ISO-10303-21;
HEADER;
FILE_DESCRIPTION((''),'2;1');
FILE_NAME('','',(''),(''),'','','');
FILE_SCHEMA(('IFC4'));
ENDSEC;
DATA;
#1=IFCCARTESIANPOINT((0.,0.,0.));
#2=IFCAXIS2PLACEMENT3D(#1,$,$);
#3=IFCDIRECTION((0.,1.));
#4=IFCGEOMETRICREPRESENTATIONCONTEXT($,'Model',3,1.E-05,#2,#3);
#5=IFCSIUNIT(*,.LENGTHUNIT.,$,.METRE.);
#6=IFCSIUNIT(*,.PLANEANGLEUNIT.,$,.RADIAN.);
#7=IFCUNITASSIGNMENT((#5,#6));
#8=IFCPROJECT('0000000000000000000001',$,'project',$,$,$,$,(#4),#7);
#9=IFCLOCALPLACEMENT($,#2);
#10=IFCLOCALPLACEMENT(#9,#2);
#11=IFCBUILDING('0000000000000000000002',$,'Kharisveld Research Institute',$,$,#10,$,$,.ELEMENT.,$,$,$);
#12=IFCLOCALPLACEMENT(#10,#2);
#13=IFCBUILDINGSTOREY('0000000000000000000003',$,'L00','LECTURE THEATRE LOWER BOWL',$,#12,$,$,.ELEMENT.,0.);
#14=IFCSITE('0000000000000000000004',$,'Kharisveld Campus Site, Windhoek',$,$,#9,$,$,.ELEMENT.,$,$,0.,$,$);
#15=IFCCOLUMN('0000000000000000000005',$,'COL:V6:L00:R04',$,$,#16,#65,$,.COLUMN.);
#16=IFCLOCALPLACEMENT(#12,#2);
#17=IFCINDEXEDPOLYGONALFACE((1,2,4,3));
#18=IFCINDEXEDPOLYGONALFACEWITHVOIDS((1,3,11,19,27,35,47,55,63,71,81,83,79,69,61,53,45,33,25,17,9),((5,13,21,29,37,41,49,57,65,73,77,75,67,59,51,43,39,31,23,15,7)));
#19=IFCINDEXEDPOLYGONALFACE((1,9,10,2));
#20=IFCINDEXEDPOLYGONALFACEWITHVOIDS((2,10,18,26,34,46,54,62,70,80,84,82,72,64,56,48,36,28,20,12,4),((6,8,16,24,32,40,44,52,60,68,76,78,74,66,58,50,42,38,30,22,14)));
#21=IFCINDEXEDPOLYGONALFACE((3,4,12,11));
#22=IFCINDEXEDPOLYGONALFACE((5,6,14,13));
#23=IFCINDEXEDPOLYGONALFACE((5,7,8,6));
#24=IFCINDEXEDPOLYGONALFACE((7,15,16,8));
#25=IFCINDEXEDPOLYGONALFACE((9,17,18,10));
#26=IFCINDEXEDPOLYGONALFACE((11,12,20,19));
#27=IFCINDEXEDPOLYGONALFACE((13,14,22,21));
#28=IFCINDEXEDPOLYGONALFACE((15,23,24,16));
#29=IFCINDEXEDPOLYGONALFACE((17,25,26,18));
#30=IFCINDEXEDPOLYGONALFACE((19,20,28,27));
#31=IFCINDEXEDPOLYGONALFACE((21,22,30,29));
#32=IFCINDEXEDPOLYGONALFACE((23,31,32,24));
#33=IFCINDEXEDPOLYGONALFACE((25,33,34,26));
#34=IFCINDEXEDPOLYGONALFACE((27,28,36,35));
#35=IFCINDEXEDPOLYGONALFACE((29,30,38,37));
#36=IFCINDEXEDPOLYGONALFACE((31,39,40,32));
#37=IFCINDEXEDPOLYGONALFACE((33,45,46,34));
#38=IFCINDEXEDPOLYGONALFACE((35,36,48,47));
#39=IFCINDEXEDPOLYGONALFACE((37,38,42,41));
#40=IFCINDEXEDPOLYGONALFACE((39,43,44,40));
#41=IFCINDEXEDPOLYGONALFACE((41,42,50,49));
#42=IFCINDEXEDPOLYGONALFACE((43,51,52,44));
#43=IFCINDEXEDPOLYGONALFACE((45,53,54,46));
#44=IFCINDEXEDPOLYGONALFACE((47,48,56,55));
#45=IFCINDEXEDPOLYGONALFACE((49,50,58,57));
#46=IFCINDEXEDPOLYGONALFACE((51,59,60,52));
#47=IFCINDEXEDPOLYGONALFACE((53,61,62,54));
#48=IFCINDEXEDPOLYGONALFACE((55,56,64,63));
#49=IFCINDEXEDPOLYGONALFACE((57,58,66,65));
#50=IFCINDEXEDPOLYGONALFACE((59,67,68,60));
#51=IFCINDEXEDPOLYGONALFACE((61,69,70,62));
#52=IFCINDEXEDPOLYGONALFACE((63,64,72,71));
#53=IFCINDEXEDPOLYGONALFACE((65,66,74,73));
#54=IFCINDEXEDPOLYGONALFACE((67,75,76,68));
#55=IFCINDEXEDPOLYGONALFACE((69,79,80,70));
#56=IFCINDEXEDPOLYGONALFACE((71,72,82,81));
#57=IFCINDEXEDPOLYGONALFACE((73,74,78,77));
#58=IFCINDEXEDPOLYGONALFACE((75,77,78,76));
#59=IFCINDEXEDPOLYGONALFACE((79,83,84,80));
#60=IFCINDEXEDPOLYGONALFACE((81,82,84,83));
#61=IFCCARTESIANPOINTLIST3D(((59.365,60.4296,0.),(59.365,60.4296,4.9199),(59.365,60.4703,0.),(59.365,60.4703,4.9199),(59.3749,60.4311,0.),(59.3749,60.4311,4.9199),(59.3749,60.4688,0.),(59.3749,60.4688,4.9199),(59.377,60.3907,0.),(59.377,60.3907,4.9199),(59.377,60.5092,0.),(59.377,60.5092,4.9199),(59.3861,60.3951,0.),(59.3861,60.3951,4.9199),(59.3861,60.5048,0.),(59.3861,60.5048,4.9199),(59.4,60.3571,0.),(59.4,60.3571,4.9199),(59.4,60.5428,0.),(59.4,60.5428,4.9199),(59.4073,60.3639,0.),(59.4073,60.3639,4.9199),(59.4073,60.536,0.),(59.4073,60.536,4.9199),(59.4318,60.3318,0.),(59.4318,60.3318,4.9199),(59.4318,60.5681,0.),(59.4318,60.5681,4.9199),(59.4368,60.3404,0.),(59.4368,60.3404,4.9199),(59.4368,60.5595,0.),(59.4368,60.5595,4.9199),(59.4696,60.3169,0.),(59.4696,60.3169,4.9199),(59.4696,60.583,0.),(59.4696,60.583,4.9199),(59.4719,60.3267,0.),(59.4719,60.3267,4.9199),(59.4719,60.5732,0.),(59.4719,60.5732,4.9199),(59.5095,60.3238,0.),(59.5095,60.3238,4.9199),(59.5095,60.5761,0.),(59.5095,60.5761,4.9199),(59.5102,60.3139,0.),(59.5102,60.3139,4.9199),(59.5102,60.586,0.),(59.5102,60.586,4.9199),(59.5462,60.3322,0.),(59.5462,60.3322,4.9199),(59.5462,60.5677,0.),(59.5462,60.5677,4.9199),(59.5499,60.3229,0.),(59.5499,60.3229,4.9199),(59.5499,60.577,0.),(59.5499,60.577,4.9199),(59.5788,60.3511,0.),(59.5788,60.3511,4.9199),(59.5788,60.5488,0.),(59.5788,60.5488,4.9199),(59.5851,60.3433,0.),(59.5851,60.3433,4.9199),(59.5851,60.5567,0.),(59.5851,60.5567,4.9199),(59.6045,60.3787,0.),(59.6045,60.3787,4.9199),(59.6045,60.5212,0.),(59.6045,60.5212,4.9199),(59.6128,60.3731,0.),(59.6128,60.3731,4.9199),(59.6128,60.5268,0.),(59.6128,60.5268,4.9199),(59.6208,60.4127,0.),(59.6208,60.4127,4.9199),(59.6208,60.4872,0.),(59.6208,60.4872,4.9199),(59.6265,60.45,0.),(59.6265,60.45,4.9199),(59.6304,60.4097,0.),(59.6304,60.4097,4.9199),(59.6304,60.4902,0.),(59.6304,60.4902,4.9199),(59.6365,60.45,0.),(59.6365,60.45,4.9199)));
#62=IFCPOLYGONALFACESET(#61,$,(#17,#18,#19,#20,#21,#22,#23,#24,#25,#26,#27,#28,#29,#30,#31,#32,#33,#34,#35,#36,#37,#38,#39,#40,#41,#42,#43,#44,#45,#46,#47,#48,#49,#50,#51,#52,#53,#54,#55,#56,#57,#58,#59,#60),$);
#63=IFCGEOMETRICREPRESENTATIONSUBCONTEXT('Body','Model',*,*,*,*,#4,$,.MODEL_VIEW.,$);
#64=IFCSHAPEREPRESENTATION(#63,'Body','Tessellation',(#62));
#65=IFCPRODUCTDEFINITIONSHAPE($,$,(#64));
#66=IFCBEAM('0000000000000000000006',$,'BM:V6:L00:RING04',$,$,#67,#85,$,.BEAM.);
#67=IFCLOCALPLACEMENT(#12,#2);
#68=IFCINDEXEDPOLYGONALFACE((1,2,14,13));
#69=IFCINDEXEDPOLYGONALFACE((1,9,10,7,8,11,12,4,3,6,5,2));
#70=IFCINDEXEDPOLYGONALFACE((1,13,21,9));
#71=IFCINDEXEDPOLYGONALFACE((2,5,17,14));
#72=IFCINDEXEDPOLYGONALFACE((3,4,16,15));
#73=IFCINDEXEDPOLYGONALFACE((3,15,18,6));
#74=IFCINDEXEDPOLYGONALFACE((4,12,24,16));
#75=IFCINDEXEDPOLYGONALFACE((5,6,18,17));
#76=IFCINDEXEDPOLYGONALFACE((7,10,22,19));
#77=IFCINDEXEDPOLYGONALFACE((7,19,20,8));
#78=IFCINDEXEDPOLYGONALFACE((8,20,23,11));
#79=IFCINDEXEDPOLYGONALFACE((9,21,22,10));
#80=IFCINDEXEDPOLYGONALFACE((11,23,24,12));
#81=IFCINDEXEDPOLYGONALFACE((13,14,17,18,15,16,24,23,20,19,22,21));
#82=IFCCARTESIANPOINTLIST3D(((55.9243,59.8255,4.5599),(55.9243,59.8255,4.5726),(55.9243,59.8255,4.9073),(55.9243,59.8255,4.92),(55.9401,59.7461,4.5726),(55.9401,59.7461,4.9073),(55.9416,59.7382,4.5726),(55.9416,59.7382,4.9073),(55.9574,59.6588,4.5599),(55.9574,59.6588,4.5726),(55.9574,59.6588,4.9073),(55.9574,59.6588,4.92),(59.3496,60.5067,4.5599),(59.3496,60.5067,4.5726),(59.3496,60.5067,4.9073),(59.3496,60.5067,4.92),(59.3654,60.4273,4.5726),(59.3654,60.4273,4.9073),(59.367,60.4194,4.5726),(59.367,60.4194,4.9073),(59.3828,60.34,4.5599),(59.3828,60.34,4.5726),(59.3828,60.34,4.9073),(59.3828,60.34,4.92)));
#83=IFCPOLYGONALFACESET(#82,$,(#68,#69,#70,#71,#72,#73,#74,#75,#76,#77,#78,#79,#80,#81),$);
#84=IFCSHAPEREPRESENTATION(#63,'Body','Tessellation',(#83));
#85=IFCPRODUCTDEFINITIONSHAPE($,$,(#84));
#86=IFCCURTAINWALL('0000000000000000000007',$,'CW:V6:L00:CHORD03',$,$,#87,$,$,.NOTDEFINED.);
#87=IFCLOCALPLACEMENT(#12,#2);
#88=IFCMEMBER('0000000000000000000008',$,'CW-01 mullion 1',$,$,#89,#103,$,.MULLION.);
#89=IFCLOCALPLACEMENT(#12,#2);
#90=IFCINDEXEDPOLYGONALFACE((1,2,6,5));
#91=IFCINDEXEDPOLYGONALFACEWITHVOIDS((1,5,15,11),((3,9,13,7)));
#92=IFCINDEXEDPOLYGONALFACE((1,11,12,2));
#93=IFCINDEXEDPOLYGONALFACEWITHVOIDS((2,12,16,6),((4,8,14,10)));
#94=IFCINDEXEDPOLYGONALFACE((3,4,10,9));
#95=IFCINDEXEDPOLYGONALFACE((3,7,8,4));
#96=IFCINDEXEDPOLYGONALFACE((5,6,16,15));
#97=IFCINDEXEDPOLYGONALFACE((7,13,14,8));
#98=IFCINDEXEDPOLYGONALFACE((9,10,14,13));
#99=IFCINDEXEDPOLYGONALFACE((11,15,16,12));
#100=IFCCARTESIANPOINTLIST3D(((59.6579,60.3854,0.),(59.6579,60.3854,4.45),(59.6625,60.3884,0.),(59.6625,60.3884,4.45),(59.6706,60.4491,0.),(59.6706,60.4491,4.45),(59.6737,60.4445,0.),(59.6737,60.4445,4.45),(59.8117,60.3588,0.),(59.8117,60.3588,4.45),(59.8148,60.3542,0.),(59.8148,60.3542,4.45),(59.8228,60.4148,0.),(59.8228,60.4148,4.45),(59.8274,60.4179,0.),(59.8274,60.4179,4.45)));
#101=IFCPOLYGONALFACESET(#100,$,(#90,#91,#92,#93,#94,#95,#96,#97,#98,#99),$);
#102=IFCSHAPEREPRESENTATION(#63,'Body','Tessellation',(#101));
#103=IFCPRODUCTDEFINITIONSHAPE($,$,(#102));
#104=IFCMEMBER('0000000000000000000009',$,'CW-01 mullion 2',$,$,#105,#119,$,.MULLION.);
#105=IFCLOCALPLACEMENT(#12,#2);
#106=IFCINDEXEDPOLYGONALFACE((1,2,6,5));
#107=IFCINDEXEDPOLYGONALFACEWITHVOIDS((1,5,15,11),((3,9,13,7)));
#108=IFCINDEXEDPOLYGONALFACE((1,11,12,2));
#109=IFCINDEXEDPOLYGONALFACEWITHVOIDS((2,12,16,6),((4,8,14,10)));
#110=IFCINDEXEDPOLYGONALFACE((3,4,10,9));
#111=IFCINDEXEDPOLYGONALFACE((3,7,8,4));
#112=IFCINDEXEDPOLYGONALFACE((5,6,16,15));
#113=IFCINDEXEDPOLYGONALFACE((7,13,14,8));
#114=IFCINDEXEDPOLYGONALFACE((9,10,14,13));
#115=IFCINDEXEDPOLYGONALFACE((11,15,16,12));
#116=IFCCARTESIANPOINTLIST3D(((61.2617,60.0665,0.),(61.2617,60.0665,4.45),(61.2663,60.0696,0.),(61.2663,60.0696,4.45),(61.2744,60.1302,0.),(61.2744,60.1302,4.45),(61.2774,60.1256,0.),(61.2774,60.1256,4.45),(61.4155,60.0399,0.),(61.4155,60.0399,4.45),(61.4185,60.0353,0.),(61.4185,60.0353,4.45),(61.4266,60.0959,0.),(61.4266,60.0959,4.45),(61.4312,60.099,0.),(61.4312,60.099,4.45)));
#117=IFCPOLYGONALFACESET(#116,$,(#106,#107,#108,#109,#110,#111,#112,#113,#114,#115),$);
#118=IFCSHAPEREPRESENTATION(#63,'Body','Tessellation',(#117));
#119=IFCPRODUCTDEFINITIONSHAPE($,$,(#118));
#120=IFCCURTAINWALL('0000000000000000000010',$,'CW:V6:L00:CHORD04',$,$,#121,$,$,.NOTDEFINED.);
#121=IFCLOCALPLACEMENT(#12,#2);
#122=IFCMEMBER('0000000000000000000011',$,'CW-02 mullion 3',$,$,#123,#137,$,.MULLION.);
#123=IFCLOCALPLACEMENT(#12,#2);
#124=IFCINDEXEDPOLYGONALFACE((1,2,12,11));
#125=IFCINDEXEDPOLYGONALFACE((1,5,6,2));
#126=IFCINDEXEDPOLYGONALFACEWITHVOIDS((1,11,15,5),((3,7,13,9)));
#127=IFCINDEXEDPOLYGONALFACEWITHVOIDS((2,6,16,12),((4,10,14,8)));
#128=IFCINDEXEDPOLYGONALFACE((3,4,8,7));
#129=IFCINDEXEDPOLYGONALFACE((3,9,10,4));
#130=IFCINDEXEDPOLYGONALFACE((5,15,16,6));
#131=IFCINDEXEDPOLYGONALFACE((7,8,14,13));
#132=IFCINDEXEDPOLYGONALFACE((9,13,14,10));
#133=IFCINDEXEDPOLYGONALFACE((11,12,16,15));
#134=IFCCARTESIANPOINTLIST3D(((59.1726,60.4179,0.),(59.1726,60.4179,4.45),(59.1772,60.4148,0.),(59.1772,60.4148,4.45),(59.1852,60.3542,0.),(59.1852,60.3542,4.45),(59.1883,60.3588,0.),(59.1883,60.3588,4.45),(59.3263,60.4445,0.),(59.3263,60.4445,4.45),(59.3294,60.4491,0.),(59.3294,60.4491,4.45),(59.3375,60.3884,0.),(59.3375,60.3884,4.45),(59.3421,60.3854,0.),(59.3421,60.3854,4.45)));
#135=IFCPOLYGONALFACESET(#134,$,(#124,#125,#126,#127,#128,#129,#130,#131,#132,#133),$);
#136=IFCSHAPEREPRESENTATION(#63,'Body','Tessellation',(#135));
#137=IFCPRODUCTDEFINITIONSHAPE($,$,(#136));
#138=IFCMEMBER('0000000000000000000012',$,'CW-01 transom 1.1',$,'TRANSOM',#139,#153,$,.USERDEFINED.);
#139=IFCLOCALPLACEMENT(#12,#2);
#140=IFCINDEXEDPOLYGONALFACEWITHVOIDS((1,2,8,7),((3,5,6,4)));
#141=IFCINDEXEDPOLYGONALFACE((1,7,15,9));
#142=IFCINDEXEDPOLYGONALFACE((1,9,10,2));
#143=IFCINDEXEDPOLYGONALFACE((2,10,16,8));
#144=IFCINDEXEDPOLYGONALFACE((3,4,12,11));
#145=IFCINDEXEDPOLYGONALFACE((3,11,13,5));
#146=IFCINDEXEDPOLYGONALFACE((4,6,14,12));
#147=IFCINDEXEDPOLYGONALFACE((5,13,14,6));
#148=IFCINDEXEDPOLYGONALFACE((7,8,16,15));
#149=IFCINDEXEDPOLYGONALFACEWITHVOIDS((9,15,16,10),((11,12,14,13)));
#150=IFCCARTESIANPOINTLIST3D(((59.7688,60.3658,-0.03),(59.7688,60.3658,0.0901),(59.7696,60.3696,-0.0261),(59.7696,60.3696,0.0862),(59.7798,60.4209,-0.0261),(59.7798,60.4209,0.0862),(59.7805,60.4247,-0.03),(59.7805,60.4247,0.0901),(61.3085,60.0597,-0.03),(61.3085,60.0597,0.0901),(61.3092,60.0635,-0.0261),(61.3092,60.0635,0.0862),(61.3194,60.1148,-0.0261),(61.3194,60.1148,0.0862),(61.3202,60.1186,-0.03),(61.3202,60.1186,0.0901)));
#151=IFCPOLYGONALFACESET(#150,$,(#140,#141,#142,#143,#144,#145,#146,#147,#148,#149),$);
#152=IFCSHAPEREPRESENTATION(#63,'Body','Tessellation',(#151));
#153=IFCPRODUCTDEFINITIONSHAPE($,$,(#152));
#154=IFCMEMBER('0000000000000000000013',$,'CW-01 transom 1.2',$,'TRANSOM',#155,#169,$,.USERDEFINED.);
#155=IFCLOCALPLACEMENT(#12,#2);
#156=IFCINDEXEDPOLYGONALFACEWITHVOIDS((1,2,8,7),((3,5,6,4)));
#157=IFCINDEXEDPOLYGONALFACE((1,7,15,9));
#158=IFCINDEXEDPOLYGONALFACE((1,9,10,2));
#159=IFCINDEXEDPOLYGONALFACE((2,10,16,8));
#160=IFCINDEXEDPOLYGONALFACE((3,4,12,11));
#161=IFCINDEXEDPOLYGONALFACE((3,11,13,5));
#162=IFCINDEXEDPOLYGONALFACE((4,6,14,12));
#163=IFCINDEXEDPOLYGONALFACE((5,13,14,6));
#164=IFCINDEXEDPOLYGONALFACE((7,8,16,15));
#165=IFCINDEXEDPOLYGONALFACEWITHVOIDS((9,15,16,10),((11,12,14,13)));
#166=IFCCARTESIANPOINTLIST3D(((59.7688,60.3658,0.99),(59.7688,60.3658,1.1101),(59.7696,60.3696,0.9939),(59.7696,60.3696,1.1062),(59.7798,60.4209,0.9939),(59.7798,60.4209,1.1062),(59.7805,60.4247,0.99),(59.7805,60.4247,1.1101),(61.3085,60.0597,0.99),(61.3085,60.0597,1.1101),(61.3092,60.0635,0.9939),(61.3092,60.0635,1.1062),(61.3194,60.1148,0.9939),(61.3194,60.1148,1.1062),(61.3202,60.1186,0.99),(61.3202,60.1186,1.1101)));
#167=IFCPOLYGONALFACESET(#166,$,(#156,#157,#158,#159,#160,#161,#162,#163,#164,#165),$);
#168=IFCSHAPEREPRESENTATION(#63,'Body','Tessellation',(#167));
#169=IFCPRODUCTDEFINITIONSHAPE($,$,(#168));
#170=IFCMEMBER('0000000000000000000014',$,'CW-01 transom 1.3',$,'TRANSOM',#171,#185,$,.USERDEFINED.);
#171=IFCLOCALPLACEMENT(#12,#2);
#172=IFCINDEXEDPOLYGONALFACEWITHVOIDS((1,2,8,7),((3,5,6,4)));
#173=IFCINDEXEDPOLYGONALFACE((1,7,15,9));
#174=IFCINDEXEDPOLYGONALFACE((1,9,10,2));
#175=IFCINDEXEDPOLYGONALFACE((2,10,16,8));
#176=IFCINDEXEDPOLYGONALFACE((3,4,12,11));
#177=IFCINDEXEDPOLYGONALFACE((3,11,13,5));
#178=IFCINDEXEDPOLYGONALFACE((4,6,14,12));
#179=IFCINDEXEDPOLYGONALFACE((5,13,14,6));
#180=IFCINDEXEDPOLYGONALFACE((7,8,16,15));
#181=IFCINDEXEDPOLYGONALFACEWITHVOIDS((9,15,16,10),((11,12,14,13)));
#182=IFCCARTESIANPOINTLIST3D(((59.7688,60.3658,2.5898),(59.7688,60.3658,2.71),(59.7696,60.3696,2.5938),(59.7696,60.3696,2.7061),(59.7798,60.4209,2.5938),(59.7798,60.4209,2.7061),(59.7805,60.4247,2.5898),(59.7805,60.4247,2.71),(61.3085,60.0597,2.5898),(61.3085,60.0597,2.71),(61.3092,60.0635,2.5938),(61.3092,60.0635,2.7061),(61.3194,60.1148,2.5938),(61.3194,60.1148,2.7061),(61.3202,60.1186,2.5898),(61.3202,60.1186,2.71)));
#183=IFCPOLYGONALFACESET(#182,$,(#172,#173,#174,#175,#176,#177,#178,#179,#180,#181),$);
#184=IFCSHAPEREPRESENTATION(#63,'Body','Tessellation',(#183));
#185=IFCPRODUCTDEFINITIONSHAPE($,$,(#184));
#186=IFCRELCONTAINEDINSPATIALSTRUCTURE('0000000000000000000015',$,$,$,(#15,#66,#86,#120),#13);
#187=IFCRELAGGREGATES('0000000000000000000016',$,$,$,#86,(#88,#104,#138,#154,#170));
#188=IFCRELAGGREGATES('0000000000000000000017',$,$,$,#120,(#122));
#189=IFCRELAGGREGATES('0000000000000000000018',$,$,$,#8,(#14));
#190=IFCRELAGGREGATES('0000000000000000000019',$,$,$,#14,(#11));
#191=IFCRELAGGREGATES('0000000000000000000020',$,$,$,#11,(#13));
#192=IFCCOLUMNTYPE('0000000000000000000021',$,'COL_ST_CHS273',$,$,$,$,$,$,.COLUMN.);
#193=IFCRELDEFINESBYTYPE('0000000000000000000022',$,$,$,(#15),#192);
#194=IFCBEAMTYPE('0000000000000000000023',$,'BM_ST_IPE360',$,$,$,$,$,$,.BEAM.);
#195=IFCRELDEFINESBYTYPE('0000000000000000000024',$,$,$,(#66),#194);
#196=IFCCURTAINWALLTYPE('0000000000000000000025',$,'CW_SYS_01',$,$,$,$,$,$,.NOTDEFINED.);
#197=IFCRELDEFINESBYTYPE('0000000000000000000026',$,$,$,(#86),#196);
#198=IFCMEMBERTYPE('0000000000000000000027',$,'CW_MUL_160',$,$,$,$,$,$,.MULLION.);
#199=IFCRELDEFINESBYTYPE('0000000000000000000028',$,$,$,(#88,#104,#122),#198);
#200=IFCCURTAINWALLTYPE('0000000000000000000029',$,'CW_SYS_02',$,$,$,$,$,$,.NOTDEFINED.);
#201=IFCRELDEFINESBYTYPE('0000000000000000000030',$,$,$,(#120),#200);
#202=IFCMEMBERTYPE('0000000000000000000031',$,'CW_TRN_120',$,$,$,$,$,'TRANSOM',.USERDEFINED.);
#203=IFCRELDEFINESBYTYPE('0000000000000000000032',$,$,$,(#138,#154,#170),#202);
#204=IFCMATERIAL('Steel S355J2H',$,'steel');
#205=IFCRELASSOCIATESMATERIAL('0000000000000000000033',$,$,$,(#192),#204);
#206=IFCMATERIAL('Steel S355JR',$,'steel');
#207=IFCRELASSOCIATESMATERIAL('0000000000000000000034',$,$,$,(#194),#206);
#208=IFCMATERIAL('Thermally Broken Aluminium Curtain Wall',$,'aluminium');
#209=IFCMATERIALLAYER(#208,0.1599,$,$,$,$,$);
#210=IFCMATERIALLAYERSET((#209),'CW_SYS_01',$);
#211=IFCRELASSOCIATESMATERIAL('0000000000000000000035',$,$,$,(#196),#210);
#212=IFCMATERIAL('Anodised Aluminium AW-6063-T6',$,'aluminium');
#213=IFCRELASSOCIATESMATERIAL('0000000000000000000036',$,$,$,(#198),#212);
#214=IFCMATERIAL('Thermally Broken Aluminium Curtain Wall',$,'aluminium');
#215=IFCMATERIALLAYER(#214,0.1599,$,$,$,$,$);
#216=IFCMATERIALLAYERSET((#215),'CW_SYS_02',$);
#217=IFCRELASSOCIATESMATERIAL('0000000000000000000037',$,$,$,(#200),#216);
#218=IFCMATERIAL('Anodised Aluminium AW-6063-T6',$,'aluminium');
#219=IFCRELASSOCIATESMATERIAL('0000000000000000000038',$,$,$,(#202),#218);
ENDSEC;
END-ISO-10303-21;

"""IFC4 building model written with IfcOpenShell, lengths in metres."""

from ifc_helpers import new_model, si_unit, direction, frame, origin, origin_2d, place, context, subcontext, project, spatial, hollow_rectangle, hollow_circle, i_section, extrude, material, layer, layer_set, material_profile, profile_set, type_object, element, aggregate, save


model = new_model("IFC4")

# Units and contexts
model_context = context("Model", 3, precision=1e-05, world=origin(), true_north=direction((0.0, 1.0)))
body_context = subcontext(model_context, "Body", "Model", "MODEL_VIEW")
ifc_project = project(units=[si_unit("LENGTHUNIT", "METRE"), si_unit("PLANEANGLEUNIT", "RADIAN")], contexts=[model_context])

# Site, building, storey
site_placement = place(None, origin())
site = spatial("IfcSite", under=ifc_project, at=site_placement, Name="Kharisveld Campus Site, Windhoek", CompositionType="ELEMENT", RefElevation=0.0)
building_placement = place(site_placement, origin())
building = spatial("IfcBuilding", under=site, at=building_placement, Name="Kharisveld Research Institute", CompositionType="ELEMENT")
storey_placement = place(building_placement, origin())
storey = spatial("IfcBuildingStorey", under=building, at=storey_placement, Name="L00", Description="LECTURE THEATRE LOWER BOWL", CompositionType="ELEMENT", Elevation=0.0)

# Column
ifc_material_1 = material(Name="Steel S355J2H", Category="steel")
ifc_material_profile_1 = material_profile(ifc_material_1, hollow_circle(Radius=0.1365, WallThickness=0.01, at=origin_2d()))
ifc_profile_set_1 = profile_set([ifc_material_profile_1], Name="Steel S355J2H")
column_type = type_object("IfcColumnType", Name="COL_ST_CHS273", PredefinedType="COLUMN", material=ifc_profile_set_1)
column_placement = place(storey_placement, frame((59.5, 60.45, 0.0), z_axis=(0.0, 0.0, 1.0), x_axis=(1.0, 0.0, 0.0)))
element("IfcColumn", 1, at=column_placement, inside=storey, type_object=column_type, Name="COL:V6:L00:R04", PredefinedType="COLUMN", context=body_context, shape_type="SweptSolid", body=[
    extrude(hollow_circle(Radius=0.1365, WallThickness=0.01, at=origin_2d()), origin(), (0.0, 0.0, 1.0), 4.9199),
])

# Beam
ifc_material_2 = material(Name="Steel S355JR", Category="steel")
ifc_material_profile_2 = material_profile(ifc_material_2, i_section(OverallWidth=0.1699, OverallDepth=0.3601, WebThickness=0.0081, FlangeThickness=0.0127, at=origin_2d()))
ifc_profile_set_2 = profile_set([ifc_material_profile_2], Name="Steel S355JR")
beam_type = type_object("IfcBeamType", Name="BM_ST_IPE360", PredefinedType="BEAM", material=ifc_profile_set_2)
beam_placement = place(storey_placement, frame((59.3662, 60.4233, 4.74), z_axis=(-0.980795, -0.195041, 0.0), x_axis=(0.195041, -0.980795, 0.0)))
element("IfcBeam", 2, at=beam_placement, inside=storey, type_object=beam_type, Name="BM:V6:L00:RING04", PredefinedType="BEAM", context=body_context, shape_type="SweptSolid", body=[
    extrude(i_section(OverallWidth=0.1699, OverallDepth=0.3601, WebThickness=0.0081, FlangeThickness=0.0127, at=origin_2d()), origin(), (0.0, 0.0, 1.0), 3.4924),
])

# Curtain wall, members
ifc_material_3 = material(Name="Thermally Broken Aluminium Curtain Wall", Category="aluminium")
ifc_layer_1 = layer(ifc_material_3, 0.1599)
ifc_layer_set_1 = layer_set([ifc_layer_1], Name="CW_SYS_01")
curtain_wall_type_1 = type_object("IfcCurtainWallType", Name="CW_SYS_01", PredefinedType="NOTDEFINED", material=ifc_layer_set_1)
curtain_wall_1_placement = place(storey_placement, origin())
curtain_wall_1 = element("IfcCurtainWall", 3, at=curtain_wall_1_placement, inside=storey, type_object=curtain_wall_type_1, Name="CW:V6:L00:CHORD03", PredefinedType="NOTDEFINED")
ifc_material_4 = material(Name="Anodised Aluminium AW-6063-T6", Category="aluminium")
ifc_material_profile_3 = material_profile(ifc_material_4, hollow_rectangle(XDim=0.0649, YDim=0.1599, WallThickness=0.0039, at=origin_2d()))
ifc_profile_set_3 = profile_set([ifc_material_profile_3], Name="Anodised Aluminium AW-6063-T6")
member_type_1 = type_object("IfcMemberType", Name="CW_MUL_160", PredefinedType="MULLION", material=ifc_profile_set_3)
member_1_placement = place(storey_placement, frame((59.7427, 60.4016, 0.0), z_axis=(0.0, 0.0, 1.0), x_axis=(0.195091, 0.980785, 0.0)))
member_1 = element("IfcMember", 4, at=member_1_placement, type_object=member_type_1, Name="CW-01 mullion 1", PredefinedType="MULLION", context=body_context, shape_type="SweptSolid", body=[
    extrude(hollow_rectangle(XDim=0.0649, YDim=0.1599, WallThickness=0.0039, at=origin_2d()), origin(), (0.0, 0.0, 1.0), 4.45),
])
member_2_placement = place(storey_placement, frame((61.3464, 60.0828, 0.0), z_axis=(0.0, 0.0, 1.0), x_axis=(0.195091, 0.980785, 0.0)))
member_2 = element("IfcMember", 5, at=member_2_placement, type_object=member_type_1, Name="CW-01 mullion 2", PredefinedType="MULLION", context=body_context, shape_type="SweptSolid", body=[
    extrude(hollow_rectangle(XDim=0.0649, YDim=0.1599, WallThickness=0.0039, at=origin_2d()), origin(), (0.0, 0.0, 1.0), 4.45),
])

# Curtain wall, member
ifc_material_5 = material(Name="Thermally Broken Aluminium Curtain Wall", Category="aluminium")
ifc_layer_2 = layer(ifc_material_5, 0.1599)
ifc_layer_set_2 = layer_set([ifc_layer_2], Name="CW_SYS_02")
curtain_wall_type_2 = type_object("IfcCurtainWallType", Name="CW_SYS_02", PredefinedType="NOTDEFINED", material=ifc_layer_set_2)
curtain_wall_2_placement = place(storey_placement, origin())
curtain_wall_2 = element("IfcCurtainWall", 6, at=curtain_wall_2_placement, inside=storey, type_object=curtain_wall_type_2, Name="CW:V6:L00:CHORD04", PredefinedType="NOTDEFINED")
member_3_placement = place(storey_placement, frame((59.2573, 60.4016, 0.0), z_axis=(0.0, 0.0, 1.0), x_axis=(-0.195091, 0.980785, 0.0)))
member_3 = element("IfcMember", 7, at=member_3_placement, type_object=member_type_1, Name="CW-02 mullion 3", PredefinedType="MULLION", context=body_context, shape_type="SweptSolid", body=[
    extrude(hollow_rectangle(XDim=0.0649, YDim=0.1599, WallThickness=0.0039, at=origin_2d()), origin(), (0.0, 0.0, 1.0), 4.45),
])

# Members
ifc_material_6 = material(Name="Anodised Aluminium AW-6063-T6", Category="aluminium")
ifc_material_profile_4 = material_profile(ifc_material_6, hollow_rectangle(XDim=0.0601, YDim=0.1201, WallThickness=0.0039, at=origin_2d()))
ifc_profile_set_4 = profile_set([ifc_material_profile_4], Name="Anodised Aluminium AW-6063-T6")
member_type_2 = type_object("IfcMemberType", Name="CW_TRN_120", ElementType="TRANSOM", PredefinedType="USERDEFINED", material=ifc_profile_set_4)
member_4_placement = place(storey_placement, frame((59.7747, 60.3953, 0.03), z_axis=(0.980801, -0.195009, 0.0), x_axis=(0.195009, 0.980801, 0.0)))
member_4 = element("IfcMember", 8, at=member_4_placement, type_object=member_type_2, Name="CW-01 transom 1.1", ObjectType="TRANSOM", PredefinedType="USERDEFINED", context=body_context, shape_type="SweptSolid", body=[
    extrude(hollow_rectangle(XDim=0.0601, YDim=0.1201, WallThickness=0.0039, at=origin_2d()), origin(), (0.0, 0.0, 1.0), 1.5698),
])
member_5_placement = place(storey_placement, frame((59.7747, 60.3953, 1.05), z_axis=(0.980801, -0.195009, 0.0), x_axis=(0.195009, 0.980801, 0.0)))
member_5 = element("IfcMember", 9, at=member_5_placement, type_object=member_type_2, Name="CW-01 transom 1.2", ObjectType="TRANSOM", PredefinedType="USERDEFINED", context=body_context, shape_type="SweptSolid", body=[
    extrude(hollow_rectangle(XDim=0.0601, YDim=0.1201, WallThickness=0.0039, at=origin_2d()), origin(), (0.0, 0.0, 1.0), 1.5698),
])
member_6_placement = place(storey_placement, frame((59.7747, 60.3953, 2.6499), z_axis=(0.980801, -0.195009, 0.0), x_axis=(0.195009, 0.980801, 0.0)))
member_6 = element("IfcMember", 10, at=member_6_placement, type_object=member_type_2, Name="CW-01 transom 1.3", ObjectType="TRANSOM", PredefinedType="USERDEFINED", context=body_context, shape_type="SweptSolid", body=[
    extrude(hollow_rectangle(XDim=0.0601, YDim=0.1201, WallThickness=0.0039, at=origin_2d()), origin(), (0.0, 0.0, 1.0), 1.5698),
])

aggregate(curtain_wall_1, [member_1, member_2, member_4, member_5, member_6])
aggregate(curtain_wall_2, [member_3])

save(model, "model.ifc")
